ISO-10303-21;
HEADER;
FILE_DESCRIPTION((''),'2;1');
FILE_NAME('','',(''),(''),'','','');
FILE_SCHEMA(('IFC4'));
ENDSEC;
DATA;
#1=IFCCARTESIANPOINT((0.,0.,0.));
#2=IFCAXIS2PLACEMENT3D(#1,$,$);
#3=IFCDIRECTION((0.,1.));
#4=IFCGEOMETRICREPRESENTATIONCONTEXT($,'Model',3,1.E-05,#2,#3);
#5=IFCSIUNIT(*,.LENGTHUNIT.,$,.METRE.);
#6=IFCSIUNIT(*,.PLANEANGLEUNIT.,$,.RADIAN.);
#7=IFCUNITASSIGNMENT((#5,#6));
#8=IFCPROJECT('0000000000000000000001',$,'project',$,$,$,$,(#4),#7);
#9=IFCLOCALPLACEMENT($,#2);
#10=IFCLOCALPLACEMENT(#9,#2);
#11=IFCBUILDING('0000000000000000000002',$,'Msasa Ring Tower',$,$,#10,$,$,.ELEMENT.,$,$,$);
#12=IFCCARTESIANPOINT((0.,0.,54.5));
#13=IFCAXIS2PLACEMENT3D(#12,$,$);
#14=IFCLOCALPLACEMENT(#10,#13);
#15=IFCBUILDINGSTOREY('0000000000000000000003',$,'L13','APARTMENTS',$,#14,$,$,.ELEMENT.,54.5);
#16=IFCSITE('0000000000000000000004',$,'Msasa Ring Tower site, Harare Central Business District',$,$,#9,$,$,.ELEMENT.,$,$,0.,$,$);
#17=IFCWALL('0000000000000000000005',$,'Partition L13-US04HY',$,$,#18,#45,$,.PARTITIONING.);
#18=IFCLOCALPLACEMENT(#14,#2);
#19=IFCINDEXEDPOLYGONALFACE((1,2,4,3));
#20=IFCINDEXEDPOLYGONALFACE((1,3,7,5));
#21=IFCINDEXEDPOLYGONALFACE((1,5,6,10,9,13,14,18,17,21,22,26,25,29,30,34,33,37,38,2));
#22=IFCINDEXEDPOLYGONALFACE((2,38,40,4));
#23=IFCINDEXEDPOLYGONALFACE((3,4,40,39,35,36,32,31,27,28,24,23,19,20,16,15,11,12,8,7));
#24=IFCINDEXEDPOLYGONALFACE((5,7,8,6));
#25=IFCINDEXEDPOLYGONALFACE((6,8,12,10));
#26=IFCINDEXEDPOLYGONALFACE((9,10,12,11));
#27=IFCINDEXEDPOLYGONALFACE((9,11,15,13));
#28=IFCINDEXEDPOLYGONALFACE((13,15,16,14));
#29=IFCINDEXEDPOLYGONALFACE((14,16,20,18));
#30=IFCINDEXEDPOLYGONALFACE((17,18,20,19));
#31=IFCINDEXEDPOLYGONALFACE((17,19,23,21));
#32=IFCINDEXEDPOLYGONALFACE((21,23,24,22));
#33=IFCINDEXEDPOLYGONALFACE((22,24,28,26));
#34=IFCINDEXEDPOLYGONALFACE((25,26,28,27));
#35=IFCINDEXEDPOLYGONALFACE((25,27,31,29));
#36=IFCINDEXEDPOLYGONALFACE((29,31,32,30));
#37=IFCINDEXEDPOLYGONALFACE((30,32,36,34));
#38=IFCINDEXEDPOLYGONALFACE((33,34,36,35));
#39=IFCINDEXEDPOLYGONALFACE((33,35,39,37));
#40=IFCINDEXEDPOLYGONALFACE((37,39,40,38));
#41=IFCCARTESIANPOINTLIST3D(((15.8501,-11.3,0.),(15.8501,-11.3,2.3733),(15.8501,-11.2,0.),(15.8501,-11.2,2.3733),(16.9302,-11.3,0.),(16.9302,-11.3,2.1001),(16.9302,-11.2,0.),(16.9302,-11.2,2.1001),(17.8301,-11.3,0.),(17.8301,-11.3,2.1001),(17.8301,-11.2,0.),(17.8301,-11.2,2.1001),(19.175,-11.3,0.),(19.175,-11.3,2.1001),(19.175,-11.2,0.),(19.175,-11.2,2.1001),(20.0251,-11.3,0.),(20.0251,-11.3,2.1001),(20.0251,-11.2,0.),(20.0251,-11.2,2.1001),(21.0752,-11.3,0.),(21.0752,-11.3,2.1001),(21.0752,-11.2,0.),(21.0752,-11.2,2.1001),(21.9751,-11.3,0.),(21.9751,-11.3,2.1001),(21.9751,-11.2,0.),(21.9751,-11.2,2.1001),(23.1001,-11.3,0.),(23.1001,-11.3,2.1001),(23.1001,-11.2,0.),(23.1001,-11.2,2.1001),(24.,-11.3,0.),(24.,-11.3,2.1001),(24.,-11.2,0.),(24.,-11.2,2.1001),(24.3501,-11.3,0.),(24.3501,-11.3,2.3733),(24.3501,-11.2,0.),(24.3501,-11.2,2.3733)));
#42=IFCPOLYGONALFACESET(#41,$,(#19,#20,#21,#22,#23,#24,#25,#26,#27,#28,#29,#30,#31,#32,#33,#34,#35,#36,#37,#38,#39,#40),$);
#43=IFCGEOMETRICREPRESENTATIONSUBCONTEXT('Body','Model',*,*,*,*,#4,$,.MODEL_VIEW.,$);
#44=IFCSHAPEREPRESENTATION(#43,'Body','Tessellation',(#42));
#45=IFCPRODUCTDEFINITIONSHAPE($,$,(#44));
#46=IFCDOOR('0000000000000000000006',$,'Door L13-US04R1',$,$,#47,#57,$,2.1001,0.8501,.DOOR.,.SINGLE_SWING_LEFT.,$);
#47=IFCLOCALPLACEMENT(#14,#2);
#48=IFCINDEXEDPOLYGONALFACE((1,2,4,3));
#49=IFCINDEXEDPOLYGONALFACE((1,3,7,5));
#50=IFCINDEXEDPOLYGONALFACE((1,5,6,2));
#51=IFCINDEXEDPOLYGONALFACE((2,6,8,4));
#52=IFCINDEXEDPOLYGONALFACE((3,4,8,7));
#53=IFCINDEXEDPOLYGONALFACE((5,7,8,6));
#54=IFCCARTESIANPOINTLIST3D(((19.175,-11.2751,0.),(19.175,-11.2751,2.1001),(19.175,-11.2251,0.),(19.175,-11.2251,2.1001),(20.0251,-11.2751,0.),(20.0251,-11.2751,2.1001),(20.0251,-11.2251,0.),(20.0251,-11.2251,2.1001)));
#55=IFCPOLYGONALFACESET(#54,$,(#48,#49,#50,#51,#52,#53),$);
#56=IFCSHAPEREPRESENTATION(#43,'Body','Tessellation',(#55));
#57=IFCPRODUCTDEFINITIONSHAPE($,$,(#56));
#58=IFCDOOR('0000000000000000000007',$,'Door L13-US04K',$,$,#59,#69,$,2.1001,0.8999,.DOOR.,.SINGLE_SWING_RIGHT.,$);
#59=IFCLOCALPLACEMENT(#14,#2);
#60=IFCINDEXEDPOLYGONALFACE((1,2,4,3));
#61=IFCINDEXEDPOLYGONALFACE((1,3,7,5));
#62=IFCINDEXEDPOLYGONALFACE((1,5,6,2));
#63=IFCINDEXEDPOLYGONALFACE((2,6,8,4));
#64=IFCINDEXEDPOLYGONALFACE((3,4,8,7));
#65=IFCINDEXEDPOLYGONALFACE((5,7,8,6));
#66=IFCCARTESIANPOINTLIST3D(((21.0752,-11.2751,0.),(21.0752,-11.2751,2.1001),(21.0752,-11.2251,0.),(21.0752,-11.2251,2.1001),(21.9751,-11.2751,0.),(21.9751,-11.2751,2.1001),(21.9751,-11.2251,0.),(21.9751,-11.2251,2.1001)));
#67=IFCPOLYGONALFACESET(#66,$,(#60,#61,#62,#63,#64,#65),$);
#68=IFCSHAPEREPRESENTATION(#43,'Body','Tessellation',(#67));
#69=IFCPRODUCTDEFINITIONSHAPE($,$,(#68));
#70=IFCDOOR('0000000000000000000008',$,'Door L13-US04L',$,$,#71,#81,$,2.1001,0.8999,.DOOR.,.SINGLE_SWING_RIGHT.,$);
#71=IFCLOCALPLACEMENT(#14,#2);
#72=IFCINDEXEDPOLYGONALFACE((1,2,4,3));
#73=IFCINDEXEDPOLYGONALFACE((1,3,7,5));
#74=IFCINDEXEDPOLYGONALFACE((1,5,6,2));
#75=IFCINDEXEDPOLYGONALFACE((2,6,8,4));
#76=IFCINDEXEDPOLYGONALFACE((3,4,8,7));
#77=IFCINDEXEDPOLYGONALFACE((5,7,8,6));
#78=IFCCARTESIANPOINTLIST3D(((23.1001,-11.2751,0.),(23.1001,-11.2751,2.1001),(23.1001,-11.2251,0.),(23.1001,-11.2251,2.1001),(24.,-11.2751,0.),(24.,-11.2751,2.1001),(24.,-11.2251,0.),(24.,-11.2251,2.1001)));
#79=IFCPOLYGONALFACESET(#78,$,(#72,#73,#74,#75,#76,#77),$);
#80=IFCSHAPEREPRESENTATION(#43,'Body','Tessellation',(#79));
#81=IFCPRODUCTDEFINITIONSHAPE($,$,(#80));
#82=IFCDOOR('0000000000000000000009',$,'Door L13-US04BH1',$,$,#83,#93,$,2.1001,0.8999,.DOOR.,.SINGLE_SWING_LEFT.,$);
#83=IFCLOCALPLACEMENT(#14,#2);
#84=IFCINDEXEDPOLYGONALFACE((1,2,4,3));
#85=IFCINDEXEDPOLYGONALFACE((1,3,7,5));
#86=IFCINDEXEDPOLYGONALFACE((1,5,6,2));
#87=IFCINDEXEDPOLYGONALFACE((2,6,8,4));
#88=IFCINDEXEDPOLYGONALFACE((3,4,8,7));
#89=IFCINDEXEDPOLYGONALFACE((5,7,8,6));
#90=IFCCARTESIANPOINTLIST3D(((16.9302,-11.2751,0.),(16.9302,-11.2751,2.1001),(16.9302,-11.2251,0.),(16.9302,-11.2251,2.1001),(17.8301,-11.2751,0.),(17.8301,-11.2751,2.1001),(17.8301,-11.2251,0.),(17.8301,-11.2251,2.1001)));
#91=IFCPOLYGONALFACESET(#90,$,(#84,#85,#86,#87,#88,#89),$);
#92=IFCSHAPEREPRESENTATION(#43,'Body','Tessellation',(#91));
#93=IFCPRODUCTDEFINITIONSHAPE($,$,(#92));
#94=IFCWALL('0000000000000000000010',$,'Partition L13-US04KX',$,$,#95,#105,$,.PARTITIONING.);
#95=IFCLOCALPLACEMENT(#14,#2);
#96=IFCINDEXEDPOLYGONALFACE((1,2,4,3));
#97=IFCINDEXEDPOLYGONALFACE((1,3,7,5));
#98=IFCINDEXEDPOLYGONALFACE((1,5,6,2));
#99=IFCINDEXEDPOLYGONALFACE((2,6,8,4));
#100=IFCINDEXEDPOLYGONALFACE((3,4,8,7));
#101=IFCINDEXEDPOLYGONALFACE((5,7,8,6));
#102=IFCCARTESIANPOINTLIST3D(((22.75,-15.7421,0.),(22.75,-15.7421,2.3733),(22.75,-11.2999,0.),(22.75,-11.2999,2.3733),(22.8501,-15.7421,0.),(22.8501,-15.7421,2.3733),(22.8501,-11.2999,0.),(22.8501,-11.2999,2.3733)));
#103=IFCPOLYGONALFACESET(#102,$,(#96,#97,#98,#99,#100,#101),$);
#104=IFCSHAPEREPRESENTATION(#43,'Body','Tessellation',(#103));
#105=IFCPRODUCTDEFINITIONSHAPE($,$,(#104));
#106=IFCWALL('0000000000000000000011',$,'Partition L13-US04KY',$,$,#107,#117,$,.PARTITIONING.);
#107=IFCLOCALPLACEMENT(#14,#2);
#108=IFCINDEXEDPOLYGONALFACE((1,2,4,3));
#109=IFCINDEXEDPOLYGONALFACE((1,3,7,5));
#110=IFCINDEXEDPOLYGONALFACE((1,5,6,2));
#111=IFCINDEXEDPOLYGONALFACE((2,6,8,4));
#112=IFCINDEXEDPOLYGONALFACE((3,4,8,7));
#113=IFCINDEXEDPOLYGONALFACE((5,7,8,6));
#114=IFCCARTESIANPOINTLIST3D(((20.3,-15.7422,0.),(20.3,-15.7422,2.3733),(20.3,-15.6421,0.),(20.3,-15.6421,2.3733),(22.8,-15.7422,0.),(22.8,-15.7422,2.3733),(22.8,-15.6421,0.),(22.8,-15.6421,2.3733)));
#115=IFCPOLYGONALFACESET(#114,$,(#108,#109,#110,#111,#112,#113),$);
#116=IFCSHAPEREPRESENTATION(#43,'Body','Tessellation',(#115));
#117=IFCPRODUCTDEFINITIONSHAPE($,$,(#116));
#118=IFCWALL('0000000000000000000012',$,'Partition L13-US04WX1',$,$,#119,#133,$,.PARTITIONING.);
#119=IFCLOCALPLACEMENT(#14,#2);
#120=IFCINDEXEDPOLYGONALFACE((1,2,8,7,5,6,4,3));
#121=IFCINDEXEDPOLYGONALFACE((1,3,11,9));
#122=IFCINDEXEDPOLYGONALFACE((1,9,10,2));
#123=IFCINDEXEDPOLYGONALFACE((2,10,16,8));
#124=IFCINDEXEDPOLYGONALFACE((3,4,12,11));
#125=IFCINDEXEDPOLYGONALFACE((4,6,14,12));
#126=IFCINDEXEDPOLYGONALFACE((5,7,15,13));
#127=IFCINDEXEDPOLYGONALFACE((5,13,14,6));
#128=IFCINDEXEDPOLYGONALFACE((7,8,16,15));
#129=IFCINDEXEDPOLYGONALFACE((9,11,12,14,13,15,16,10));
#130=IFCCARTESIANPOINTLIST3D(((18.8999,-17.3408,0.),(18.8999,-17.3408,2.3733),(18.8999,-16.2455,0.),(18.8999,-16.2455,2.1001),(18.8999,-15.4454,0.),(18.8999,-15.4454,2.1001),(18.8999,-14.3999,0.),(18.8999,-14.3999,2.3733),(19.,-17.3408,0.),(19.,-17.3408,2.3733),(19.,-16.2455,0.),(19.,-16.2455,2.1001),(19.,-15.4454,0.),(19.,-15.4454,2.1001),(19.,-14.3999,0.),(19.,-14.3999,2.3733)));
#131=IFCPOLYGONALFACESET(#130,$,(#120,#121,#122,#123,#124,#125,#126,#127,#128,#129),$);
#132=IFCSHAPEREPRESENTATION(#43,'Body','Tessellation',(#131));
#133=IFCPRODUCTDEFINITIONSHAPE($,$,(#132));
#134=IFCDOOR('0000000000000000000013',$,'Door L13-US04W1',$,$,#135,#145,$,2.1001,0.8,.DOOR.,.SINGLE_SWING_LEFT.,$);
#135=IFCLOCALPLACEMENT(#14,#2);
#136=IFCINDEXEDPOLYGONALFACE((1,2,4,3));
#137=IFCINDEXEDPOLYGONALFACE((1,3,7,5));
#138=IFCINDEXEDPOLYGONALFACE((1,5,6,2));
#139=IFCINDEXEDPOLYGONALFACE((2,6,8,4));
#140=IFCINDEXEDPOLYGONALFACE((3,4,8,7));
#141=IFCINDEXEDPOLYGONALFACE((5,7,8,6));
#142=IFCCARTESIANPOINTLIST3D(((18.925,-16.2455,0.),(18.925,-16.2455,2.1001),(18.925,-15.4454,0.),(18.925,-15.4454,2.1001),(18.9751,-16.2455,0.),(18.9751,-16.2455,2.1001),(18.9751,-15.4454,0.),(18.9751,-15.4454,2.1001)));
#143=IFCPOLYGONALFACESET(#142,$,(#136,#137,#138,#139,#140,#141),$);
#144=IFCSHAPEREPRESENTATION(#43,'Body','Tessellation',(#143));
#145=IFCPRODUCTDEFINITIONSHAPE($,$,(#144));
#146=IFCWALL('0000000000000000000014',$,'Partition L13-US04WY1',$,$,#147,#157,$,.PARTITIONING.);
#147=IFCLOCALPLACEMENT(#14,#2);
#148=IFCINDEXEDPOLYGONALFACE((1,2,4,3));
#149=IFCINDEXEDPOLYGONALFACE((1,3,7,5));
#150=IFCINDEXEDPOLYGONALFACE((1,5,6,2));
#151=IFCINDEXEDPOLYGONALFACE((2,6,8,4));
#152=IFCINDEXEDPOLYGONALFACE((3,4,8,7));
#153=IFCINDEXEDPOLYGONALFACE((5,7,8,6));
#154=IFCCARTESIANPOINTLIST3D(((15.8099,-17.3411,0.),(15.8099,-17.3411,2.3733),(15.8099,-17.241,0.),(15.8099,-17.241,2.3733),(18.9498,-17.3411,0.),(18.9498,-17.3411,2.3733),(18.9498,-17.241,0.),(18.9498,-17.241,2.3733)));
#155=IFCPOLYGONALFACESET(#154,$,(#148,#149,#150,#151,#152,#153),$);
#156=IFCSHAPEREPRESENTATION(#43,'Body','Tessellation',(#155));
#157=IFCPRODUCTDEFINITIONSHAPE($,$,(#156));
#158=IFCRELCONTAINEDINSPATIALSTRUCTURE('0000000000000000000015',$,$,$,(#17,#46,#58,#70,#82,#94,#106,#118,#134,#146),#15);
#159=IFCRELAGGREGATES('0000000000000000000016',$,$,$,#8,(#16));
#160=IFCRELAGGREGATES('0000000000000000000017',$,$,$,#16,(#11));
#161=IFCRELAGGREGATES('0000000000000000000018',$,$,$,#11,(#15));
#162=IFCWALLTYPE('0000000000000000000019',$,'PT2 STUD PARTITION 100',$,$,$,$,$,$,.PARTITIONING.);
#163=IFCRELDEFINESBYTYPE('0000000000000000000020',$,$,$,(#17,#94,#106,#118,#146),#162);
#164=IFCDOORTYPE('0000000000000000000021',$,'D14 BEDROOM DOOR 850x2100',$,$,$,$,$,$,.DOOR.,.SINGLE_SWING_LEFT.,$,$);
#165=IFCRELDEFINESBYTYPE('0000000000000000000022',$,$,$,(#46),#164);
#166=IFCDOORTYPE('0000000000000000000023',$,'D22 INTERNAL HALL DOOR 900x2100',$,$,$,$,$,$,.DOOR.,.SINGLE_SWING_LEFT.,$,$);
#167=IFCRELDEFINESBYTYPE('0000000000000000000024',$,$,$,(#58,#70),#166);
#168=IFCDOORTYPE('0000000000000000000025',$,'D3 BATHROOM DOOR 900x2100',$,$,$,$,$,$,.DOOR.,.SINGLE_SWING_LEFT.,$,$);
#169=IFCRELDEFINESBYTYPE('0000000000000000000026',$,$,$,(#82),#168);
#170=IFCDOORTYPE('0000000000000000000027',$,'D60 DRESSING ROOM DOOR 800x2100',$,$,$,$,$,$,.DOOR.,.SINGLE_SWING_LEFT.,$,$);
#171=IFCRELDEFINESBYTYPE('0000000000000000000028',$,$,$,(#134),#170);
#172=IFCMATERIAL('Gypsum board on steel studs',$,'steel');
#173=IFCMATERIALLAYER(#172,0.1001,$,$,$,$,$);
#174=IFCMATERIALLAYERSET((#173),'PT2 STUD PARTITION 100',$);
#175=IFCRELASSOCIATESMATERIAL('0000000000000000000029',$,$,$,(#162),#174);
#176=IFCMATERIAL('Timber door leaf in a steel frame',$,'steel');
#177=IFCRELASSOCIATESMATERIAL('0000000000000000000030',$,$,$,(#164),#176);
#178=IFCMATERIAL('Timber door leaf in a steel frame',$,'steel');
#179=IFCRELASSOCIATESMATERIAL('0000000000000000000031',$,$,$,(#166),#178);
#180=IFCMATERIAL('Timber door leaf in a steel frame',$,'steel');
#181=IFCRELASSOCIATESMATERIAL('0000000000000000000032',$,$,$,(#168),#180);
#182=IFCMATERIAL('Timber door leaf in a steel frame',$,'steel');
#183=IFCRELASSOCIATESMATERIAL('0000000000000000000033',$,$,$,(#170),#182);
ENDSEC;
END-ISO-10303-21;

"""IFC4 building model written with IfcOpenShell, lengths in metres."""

from ifc_helpers import new_model, si_unit, direction, frame, frame_2d, origin, place, context, subcontext, project, spatial, rectangle, extrude, material, layer, layer_set, type_object, element, fill, save


model = new_model("IFC4")

# Units and contexts
model_context = context("Model", 3, precision=1e-05, world=origin(), true_north=direction((0.0, 1.0)))
body_context = subcontext(model_context, "Body", "Model", "MODEL_VIEW")
ifc_project = project(units=[si_unit("LENGTHUNIT", "METRE"), si_unit("PLANEANGLEUNIT", "RADIAN")], contexts=[model_context])

# Site, building, storey
site_placement = place(None, origin())
site = spatial("IfcSite", under=ifc_project, at=site_placement, Name="Msasa Ring Tower site, Harare Central Business District", CompositionType="ELEMENT", RefElevation=0.0)
building_placement = place(site_placement, origin())
building = spatial("IfcBuilding", under=site, at=building_placement, Name="Msasa Ring Tower", CompositionType="ELEMENT")
storey_placement = place(building_placement, frame((0.0, 0.0, 54.5)))
storey = spatial("IfcBuildingStorey", under=building, at=storey_placement, Name="L13", Description="APARTMENTS", CompositionType="ELEMENT", Elevation=54.5)

# Wall, openings, doors
ifc_material_1 = material(Name="Gypsum board on steel studs", Category="steel")
ifc_layer_1 = layer(ifc_material_1, 0.1001)
ifc_layer_set_1 = layer_set([ifc_layer_1], Name="PT2 STUD PARTITION 100")
wall_type_1 = type_object("IfcWallType", Name="PT2 STUD PARTITION 100", PredefinedType="PARTITIONING", material=ifc_layer_set_1)
wall_1_placement = place(storey_placement, frame((15.8501, -11.25, 0.0), z_axis=(0.0, 0.0, 1.0), x_axis=(1.0, 0.0, 0.0)))
wall_1 = element("IfcWall", 1, at=wall_1_placement, inside=storey, type_object=wall_type_1, Name="Partition L13-US04HY", PredefinedType="PARTITIONING", context=body_context, shape_type="SweptSolid", body=[
    extrude(rectangle(XDim=8.5, YDim=0.1001, at=frame_2d((4.25, 0.0))), origin(), (0.0, 0.0, 1.0), 2.3733),
])
opening_1_placement = place(wall_1_placement, frame((5.2251, 0.0, 0.0)))
opening_1 = element("IfcOpeningElement", 2, at=opening_1_placement, cuts=wall_1, PredefinedType="OPENING", context=body_context, shape_type="SweptSolid", body=[
    extrude(rectangle(XDim=0.8999, YDim=2.1001, at=frame_2d((0.45, 1.05))), frame((0.0, 0.0601, 0.0), z_axis=(0.0, -1.0, 0.0), x_axis=(1.0, 0.0, 0.0)), (0.0, 0.0, 1.0), 0.1201),
])
opening_2_placement = place(wall_1_placement, frame((7.25, 0.0, 0.0)))
opening_2 = element("IfcOpeningElement", 3, at=opening_2_placement, cuts=wall_1, PredefinedType="OPENING", context=body_context, shape_type="SweptSolid", body=[
    extrude(rectangle(XDim=0.8999, YDim=2.1001, at=frame_2d((0.45, 1.05))), frame((0.0, 0.0601, 0.0), z_axis=(0.0, -1.0, 0.0), x_axis=(1.0, 0.0, 0.0)), (0.0, 0.0, 1.0), 0.1201),
])
opening_3_placement = place(wall_1_placement, frame((3.325, 0.0, 0.0)))
opening_3 = element("IfcOpeningElement", 4, at=opening_3_placement, cuts=wall_1, PredefinedType="OPENING", context=body_context, shape_type="SweptSolid", body=[
    extrude(rectangle(XDim=0.8501, YDim=2.1001, at=frame_2d((0.425, 1.05))), frame((0.0, 0.0601, 0.0), z_axis=(0.0, -1.0, 0.0), x_axis=(1.0, 0.0, 0.0)), (0.0, 0.0, 1.0), 0.1201),
])
opening_4_placement = place(wall_1_placement, frame((1.0801, 0.0, 0.0)))
opening_4 = element("IfcOpeningElement", 5, at=opening_4_placement, cuts=wall_1, PredefinedType="OPENING", context=body_context, shape_type="SweptSolid", body=[
    extrude(rectangle(XDim=0.8999, YDim=2.1001, at=frame_2d((0.45, 1.05))), frame((0.0, 0.0601, 0.0), z_axis=(0.0, -1.0, 0.0), x_axis=(1.0, 0.0, 0.0)), (0.0, 0.0, 1.0), 0.1201),
])
ifc_material_2 = material(Name="Timber door leaf in a steel frame", Category="steel")
door_type_1 = type_object("IfcDoorType", Name="D14 BEDROOM DOOR 850x2100", OperationType="SINGLE_SWING_LEFT", PredefinedType="DOOR", material=ifc_material_2)
door_1_placement = place(opening_3_placement, origin())
door_1 = element("IfcDoor", 6, at=door_1_placement, inside=storey, type_object=door_type_1, Name="Door L13-US04R1", OperationType="SINGLE_SWING_LEFT", OverallHeight=2.1001, OverallWidth=0.8501, PredefinedType="DOOR", context=body_context, shape_type="SweptSolid", body=[
    extrude(rectangle(XDim=0.8501, YDim=2.1001, at=frame_2d((0.425, 1.05))), frame((0.0, 0.0249, 0.0), z_axis=(0.0, -1.0, 0.0), x_axis=(1.0, 0.0, 0.0)), (0.0, 0.0, 1.0), 0.05),
])
fill(opening_3, door_1)
ifc_material_3 = material(Name="Timber door leaf in a steel frame", Category="steel")
door_type_2 = type_object("IfcDoorType", Name="D22 INTERNAL HALL DOOR 900x2100", OperationType="SINGLE_SWING_LEFT", PredefinedType="DOOR", material=ifc_material_3)
door_2_placement = place(opening_1_placement, origin())
door_2 = element("IfcDoor", 7, at=door_2_placement, inside=storey, type_object=door_type_2, Name="Door L13-US04K", OperationType="SINGLE_SWING_RIGHT", OverallHeight=2.1001, OverallWidth=0.8999, PredefinedType="DOOR", context=body_context, shape_type="SweptSolid", body=[
    extrude(rectangle(XDim=0.8999, YDim=2.1001, at=frame_2d((0.45, 1.05))), frame((0.0, 0.0249, 0.0), z_axis=(0.0, -1.0, 0.0), x_axis=(1.0, 0.0, 0.0)), (0.0, 0.0, 1.0), 0.05),
])
fill(opening_1, door_2)
door_3_placement = place(opening_2_placement, origin())
door_3 = element("IfcDoor", 8, at=door_3_placement, inside=storey, type_object=door_type_2, Name="Door L13-US04L", OperationType="SINGLE_SWING_RIGHT", OverallHeight=2.1001, OverallWidth=0.8999, PredefinedType="DOOR", context=body_context, shape_type="SweptSolid", body=[
    extrude(rectangle(XDim=0.8999, YDim=2.1001, at=frame_2d((0.45, 1.05))), frame((0.0, 0.0249, 0.0), z_axis=(0.0, -1.0, 0.0), x_axis=(1.0, 0.0, 0.0)), (0.0, 0.0, 1.0), 0.05),
])
fill(opening_2, door_3)
ifc_material_4 = material(Name="Timber door leaf in a steel frame", Category="steel")
door_type_3 = type_object("IfcDoorType", Name="D3 BATHROOM DOOR 900x2100", OperationType="SINGLE_SWING_LEFT", PredefinedType="DOOR", material=ifc_material_4)
door_4_placement = place(opening_4_placement, origin())
door_4 = element("IfcDoor", 9, at=door_4_placement, inside=storey, type_object=door_type_3, Name="Door L13-US04BH1", OperationType="SINGLE_SWING_LEFT", OverallHeight=2.1001, OverallWidth=0.8999, PredefinedType="DOOR", context=body_context, shape_type="SweptSolid", body=[
    extrude(rectangle(XDim=0.8999, YDim=2.1001, at=frame_2d((0.45, 1.05))), frame((0.0, 0.0249, 0.0), z_axis=(0.0, -1.0, 0.0), x_axis=(1.0, 0.0, 0.0)), (0.0, 0.0, 1.0), 0.05),
])
fill(opening_4, door_4)

# Walls
wall_2_placement = place(storey_placement, frame((22.8, -15.7422, 0.0), z_axis=(0.0, 0.0, 1.0), x_axis=(0.0, 1.0, 0.0)))
element("IfcWall", 10, at=wall_2_placement, inside=storey, type_object=wall_type_1, Name="Partition L13-US04KX", PredefinedType="PARTITIONING", context=body_context, shape_type="SweptSolid", body=[
    extrude(rectangle(XDim=4.4421, YDim=0.1001, at=frame_2d((2.2212, 0.0))), origin(), (0.0, 0.0, 1.0), 2.3733),
])
wall_3_placement = place(storey_placement, frame((20.3, -15.6921, 0.0), z_axis=(0.0, 0.0, 1.0), x_axis=(1.0, 0.0, 0.0)))
element("IfcWall", 11, at=wall_3_placement, inside=storey, type_object=wall_type_1, Name="Partition L13-US04KY", PredefinedType="PARTITIONING", context=body_context, shape_type="SweptSolid", body=[
    extrude(rectangle(XDim=2.5, YDim=0.1001, at=frame_2d((1.25, 0.0))), origin(), (0.0, 0.0, 1.0), 2.3733),
])

# Wall, opening, door
wall_4_placement = place(storey_placement, frame((18.95, -17.3408, 0.0), z_axis=(0.0, 0.0, 1.0), x_axis=(0.0, 1.0, 0.0)))
wall_4 = element("IfcWall", 12, at=wall_4_placement, inside=storey, type_object=wall_type_1, Name="Partition L13-US04WX1", PredefinedType="PARTITIONING", context=body_context, shape_type="SweptSolid", body=[
    extrude(rectangle(XDim=2.9409, YDim=0.1001, at=frame_2d((1.4705, 0.0))), origin(), (0.0, 0.0, 1.0), 2.3733),
])
opening_5_placement = place(wall_4_placement, frame((1.0955, 0.0, 0.0)))
opening_5 = element("IfcOpeningElement", 13, at=opening_5_placement, cuts=wall_4, PredefinedType="OPENING", context=body_context, shape_type="SweptSolid", body=[
    extrude(rectangle(XDim=0.8, YDim=2.1001, at=frame_2d((0.3999, 1.05))), frame((0.0, 0.0601, 0.0), z_axis=(0.0, -1.0, 0.0), x_axis=(1.0, 0.0, 0.0)), (0.0, 0.0, 1.0), 0.1201),
])
ifc_material_5 = material(Name="Timber door leaf in a steel frame", Category="steel")
door_type_4 = type_object("IfcDoorType", Name="D60 DRESSING ROOM DOOR 800x2100", OperationType="SINGLE_SWING_LEFT", PredefinedType="DOOR", material=ifc_material_5)
door_5_placement = place(opening_5_placement, origin())
door_5 = element("IfcDoor", 14, at=door_5_placement, inside=storey, type_object=door_type_4, Name="Door L13-US04W1", OperationType="SINGLE_SWING_LEFT", OverallHeight=2.1001, OverallWidth=0.8, PredefinedType="DOOR", context=body_context, shape_type="SweptSolid", body=[
    extrude(rectangle(XDim=0.8, YDim=2.1001, at=frame_2d((0.3999, 1.05))), frame((0.0, 0.0249, 0.0), z_axis=(0.0, -1.0, 0.0), x_axis=(1.0, 0.0, 0.0)), (0.0, 0.0, 1.0), 0.05),
])
fill(opening_5, door_5)

# Wall
wall_5_placement = place(storey_placement, frame((15.8101, -17.291, 0.0), z_axis=(0.0, 0.0, 1.0), x_axis=(1.0, 0.0, 0.0)))
element("IfcWall", 15, at=wall_5_placement, inside=storey, type_object=wall_type_1, Name="Partition L13-US04WY1", PredefinedType="PARTITIONING", context=body_context, shape_type="SweptSolid", body=[
    extrude(rectangle(XDim=3.1399, YDim=0.1001, at=frame_2d((1.5698, 0.0))), origin(), (0.0, 0.0, 1.0), 2.3733),
])

save(model, "model.ifc")
